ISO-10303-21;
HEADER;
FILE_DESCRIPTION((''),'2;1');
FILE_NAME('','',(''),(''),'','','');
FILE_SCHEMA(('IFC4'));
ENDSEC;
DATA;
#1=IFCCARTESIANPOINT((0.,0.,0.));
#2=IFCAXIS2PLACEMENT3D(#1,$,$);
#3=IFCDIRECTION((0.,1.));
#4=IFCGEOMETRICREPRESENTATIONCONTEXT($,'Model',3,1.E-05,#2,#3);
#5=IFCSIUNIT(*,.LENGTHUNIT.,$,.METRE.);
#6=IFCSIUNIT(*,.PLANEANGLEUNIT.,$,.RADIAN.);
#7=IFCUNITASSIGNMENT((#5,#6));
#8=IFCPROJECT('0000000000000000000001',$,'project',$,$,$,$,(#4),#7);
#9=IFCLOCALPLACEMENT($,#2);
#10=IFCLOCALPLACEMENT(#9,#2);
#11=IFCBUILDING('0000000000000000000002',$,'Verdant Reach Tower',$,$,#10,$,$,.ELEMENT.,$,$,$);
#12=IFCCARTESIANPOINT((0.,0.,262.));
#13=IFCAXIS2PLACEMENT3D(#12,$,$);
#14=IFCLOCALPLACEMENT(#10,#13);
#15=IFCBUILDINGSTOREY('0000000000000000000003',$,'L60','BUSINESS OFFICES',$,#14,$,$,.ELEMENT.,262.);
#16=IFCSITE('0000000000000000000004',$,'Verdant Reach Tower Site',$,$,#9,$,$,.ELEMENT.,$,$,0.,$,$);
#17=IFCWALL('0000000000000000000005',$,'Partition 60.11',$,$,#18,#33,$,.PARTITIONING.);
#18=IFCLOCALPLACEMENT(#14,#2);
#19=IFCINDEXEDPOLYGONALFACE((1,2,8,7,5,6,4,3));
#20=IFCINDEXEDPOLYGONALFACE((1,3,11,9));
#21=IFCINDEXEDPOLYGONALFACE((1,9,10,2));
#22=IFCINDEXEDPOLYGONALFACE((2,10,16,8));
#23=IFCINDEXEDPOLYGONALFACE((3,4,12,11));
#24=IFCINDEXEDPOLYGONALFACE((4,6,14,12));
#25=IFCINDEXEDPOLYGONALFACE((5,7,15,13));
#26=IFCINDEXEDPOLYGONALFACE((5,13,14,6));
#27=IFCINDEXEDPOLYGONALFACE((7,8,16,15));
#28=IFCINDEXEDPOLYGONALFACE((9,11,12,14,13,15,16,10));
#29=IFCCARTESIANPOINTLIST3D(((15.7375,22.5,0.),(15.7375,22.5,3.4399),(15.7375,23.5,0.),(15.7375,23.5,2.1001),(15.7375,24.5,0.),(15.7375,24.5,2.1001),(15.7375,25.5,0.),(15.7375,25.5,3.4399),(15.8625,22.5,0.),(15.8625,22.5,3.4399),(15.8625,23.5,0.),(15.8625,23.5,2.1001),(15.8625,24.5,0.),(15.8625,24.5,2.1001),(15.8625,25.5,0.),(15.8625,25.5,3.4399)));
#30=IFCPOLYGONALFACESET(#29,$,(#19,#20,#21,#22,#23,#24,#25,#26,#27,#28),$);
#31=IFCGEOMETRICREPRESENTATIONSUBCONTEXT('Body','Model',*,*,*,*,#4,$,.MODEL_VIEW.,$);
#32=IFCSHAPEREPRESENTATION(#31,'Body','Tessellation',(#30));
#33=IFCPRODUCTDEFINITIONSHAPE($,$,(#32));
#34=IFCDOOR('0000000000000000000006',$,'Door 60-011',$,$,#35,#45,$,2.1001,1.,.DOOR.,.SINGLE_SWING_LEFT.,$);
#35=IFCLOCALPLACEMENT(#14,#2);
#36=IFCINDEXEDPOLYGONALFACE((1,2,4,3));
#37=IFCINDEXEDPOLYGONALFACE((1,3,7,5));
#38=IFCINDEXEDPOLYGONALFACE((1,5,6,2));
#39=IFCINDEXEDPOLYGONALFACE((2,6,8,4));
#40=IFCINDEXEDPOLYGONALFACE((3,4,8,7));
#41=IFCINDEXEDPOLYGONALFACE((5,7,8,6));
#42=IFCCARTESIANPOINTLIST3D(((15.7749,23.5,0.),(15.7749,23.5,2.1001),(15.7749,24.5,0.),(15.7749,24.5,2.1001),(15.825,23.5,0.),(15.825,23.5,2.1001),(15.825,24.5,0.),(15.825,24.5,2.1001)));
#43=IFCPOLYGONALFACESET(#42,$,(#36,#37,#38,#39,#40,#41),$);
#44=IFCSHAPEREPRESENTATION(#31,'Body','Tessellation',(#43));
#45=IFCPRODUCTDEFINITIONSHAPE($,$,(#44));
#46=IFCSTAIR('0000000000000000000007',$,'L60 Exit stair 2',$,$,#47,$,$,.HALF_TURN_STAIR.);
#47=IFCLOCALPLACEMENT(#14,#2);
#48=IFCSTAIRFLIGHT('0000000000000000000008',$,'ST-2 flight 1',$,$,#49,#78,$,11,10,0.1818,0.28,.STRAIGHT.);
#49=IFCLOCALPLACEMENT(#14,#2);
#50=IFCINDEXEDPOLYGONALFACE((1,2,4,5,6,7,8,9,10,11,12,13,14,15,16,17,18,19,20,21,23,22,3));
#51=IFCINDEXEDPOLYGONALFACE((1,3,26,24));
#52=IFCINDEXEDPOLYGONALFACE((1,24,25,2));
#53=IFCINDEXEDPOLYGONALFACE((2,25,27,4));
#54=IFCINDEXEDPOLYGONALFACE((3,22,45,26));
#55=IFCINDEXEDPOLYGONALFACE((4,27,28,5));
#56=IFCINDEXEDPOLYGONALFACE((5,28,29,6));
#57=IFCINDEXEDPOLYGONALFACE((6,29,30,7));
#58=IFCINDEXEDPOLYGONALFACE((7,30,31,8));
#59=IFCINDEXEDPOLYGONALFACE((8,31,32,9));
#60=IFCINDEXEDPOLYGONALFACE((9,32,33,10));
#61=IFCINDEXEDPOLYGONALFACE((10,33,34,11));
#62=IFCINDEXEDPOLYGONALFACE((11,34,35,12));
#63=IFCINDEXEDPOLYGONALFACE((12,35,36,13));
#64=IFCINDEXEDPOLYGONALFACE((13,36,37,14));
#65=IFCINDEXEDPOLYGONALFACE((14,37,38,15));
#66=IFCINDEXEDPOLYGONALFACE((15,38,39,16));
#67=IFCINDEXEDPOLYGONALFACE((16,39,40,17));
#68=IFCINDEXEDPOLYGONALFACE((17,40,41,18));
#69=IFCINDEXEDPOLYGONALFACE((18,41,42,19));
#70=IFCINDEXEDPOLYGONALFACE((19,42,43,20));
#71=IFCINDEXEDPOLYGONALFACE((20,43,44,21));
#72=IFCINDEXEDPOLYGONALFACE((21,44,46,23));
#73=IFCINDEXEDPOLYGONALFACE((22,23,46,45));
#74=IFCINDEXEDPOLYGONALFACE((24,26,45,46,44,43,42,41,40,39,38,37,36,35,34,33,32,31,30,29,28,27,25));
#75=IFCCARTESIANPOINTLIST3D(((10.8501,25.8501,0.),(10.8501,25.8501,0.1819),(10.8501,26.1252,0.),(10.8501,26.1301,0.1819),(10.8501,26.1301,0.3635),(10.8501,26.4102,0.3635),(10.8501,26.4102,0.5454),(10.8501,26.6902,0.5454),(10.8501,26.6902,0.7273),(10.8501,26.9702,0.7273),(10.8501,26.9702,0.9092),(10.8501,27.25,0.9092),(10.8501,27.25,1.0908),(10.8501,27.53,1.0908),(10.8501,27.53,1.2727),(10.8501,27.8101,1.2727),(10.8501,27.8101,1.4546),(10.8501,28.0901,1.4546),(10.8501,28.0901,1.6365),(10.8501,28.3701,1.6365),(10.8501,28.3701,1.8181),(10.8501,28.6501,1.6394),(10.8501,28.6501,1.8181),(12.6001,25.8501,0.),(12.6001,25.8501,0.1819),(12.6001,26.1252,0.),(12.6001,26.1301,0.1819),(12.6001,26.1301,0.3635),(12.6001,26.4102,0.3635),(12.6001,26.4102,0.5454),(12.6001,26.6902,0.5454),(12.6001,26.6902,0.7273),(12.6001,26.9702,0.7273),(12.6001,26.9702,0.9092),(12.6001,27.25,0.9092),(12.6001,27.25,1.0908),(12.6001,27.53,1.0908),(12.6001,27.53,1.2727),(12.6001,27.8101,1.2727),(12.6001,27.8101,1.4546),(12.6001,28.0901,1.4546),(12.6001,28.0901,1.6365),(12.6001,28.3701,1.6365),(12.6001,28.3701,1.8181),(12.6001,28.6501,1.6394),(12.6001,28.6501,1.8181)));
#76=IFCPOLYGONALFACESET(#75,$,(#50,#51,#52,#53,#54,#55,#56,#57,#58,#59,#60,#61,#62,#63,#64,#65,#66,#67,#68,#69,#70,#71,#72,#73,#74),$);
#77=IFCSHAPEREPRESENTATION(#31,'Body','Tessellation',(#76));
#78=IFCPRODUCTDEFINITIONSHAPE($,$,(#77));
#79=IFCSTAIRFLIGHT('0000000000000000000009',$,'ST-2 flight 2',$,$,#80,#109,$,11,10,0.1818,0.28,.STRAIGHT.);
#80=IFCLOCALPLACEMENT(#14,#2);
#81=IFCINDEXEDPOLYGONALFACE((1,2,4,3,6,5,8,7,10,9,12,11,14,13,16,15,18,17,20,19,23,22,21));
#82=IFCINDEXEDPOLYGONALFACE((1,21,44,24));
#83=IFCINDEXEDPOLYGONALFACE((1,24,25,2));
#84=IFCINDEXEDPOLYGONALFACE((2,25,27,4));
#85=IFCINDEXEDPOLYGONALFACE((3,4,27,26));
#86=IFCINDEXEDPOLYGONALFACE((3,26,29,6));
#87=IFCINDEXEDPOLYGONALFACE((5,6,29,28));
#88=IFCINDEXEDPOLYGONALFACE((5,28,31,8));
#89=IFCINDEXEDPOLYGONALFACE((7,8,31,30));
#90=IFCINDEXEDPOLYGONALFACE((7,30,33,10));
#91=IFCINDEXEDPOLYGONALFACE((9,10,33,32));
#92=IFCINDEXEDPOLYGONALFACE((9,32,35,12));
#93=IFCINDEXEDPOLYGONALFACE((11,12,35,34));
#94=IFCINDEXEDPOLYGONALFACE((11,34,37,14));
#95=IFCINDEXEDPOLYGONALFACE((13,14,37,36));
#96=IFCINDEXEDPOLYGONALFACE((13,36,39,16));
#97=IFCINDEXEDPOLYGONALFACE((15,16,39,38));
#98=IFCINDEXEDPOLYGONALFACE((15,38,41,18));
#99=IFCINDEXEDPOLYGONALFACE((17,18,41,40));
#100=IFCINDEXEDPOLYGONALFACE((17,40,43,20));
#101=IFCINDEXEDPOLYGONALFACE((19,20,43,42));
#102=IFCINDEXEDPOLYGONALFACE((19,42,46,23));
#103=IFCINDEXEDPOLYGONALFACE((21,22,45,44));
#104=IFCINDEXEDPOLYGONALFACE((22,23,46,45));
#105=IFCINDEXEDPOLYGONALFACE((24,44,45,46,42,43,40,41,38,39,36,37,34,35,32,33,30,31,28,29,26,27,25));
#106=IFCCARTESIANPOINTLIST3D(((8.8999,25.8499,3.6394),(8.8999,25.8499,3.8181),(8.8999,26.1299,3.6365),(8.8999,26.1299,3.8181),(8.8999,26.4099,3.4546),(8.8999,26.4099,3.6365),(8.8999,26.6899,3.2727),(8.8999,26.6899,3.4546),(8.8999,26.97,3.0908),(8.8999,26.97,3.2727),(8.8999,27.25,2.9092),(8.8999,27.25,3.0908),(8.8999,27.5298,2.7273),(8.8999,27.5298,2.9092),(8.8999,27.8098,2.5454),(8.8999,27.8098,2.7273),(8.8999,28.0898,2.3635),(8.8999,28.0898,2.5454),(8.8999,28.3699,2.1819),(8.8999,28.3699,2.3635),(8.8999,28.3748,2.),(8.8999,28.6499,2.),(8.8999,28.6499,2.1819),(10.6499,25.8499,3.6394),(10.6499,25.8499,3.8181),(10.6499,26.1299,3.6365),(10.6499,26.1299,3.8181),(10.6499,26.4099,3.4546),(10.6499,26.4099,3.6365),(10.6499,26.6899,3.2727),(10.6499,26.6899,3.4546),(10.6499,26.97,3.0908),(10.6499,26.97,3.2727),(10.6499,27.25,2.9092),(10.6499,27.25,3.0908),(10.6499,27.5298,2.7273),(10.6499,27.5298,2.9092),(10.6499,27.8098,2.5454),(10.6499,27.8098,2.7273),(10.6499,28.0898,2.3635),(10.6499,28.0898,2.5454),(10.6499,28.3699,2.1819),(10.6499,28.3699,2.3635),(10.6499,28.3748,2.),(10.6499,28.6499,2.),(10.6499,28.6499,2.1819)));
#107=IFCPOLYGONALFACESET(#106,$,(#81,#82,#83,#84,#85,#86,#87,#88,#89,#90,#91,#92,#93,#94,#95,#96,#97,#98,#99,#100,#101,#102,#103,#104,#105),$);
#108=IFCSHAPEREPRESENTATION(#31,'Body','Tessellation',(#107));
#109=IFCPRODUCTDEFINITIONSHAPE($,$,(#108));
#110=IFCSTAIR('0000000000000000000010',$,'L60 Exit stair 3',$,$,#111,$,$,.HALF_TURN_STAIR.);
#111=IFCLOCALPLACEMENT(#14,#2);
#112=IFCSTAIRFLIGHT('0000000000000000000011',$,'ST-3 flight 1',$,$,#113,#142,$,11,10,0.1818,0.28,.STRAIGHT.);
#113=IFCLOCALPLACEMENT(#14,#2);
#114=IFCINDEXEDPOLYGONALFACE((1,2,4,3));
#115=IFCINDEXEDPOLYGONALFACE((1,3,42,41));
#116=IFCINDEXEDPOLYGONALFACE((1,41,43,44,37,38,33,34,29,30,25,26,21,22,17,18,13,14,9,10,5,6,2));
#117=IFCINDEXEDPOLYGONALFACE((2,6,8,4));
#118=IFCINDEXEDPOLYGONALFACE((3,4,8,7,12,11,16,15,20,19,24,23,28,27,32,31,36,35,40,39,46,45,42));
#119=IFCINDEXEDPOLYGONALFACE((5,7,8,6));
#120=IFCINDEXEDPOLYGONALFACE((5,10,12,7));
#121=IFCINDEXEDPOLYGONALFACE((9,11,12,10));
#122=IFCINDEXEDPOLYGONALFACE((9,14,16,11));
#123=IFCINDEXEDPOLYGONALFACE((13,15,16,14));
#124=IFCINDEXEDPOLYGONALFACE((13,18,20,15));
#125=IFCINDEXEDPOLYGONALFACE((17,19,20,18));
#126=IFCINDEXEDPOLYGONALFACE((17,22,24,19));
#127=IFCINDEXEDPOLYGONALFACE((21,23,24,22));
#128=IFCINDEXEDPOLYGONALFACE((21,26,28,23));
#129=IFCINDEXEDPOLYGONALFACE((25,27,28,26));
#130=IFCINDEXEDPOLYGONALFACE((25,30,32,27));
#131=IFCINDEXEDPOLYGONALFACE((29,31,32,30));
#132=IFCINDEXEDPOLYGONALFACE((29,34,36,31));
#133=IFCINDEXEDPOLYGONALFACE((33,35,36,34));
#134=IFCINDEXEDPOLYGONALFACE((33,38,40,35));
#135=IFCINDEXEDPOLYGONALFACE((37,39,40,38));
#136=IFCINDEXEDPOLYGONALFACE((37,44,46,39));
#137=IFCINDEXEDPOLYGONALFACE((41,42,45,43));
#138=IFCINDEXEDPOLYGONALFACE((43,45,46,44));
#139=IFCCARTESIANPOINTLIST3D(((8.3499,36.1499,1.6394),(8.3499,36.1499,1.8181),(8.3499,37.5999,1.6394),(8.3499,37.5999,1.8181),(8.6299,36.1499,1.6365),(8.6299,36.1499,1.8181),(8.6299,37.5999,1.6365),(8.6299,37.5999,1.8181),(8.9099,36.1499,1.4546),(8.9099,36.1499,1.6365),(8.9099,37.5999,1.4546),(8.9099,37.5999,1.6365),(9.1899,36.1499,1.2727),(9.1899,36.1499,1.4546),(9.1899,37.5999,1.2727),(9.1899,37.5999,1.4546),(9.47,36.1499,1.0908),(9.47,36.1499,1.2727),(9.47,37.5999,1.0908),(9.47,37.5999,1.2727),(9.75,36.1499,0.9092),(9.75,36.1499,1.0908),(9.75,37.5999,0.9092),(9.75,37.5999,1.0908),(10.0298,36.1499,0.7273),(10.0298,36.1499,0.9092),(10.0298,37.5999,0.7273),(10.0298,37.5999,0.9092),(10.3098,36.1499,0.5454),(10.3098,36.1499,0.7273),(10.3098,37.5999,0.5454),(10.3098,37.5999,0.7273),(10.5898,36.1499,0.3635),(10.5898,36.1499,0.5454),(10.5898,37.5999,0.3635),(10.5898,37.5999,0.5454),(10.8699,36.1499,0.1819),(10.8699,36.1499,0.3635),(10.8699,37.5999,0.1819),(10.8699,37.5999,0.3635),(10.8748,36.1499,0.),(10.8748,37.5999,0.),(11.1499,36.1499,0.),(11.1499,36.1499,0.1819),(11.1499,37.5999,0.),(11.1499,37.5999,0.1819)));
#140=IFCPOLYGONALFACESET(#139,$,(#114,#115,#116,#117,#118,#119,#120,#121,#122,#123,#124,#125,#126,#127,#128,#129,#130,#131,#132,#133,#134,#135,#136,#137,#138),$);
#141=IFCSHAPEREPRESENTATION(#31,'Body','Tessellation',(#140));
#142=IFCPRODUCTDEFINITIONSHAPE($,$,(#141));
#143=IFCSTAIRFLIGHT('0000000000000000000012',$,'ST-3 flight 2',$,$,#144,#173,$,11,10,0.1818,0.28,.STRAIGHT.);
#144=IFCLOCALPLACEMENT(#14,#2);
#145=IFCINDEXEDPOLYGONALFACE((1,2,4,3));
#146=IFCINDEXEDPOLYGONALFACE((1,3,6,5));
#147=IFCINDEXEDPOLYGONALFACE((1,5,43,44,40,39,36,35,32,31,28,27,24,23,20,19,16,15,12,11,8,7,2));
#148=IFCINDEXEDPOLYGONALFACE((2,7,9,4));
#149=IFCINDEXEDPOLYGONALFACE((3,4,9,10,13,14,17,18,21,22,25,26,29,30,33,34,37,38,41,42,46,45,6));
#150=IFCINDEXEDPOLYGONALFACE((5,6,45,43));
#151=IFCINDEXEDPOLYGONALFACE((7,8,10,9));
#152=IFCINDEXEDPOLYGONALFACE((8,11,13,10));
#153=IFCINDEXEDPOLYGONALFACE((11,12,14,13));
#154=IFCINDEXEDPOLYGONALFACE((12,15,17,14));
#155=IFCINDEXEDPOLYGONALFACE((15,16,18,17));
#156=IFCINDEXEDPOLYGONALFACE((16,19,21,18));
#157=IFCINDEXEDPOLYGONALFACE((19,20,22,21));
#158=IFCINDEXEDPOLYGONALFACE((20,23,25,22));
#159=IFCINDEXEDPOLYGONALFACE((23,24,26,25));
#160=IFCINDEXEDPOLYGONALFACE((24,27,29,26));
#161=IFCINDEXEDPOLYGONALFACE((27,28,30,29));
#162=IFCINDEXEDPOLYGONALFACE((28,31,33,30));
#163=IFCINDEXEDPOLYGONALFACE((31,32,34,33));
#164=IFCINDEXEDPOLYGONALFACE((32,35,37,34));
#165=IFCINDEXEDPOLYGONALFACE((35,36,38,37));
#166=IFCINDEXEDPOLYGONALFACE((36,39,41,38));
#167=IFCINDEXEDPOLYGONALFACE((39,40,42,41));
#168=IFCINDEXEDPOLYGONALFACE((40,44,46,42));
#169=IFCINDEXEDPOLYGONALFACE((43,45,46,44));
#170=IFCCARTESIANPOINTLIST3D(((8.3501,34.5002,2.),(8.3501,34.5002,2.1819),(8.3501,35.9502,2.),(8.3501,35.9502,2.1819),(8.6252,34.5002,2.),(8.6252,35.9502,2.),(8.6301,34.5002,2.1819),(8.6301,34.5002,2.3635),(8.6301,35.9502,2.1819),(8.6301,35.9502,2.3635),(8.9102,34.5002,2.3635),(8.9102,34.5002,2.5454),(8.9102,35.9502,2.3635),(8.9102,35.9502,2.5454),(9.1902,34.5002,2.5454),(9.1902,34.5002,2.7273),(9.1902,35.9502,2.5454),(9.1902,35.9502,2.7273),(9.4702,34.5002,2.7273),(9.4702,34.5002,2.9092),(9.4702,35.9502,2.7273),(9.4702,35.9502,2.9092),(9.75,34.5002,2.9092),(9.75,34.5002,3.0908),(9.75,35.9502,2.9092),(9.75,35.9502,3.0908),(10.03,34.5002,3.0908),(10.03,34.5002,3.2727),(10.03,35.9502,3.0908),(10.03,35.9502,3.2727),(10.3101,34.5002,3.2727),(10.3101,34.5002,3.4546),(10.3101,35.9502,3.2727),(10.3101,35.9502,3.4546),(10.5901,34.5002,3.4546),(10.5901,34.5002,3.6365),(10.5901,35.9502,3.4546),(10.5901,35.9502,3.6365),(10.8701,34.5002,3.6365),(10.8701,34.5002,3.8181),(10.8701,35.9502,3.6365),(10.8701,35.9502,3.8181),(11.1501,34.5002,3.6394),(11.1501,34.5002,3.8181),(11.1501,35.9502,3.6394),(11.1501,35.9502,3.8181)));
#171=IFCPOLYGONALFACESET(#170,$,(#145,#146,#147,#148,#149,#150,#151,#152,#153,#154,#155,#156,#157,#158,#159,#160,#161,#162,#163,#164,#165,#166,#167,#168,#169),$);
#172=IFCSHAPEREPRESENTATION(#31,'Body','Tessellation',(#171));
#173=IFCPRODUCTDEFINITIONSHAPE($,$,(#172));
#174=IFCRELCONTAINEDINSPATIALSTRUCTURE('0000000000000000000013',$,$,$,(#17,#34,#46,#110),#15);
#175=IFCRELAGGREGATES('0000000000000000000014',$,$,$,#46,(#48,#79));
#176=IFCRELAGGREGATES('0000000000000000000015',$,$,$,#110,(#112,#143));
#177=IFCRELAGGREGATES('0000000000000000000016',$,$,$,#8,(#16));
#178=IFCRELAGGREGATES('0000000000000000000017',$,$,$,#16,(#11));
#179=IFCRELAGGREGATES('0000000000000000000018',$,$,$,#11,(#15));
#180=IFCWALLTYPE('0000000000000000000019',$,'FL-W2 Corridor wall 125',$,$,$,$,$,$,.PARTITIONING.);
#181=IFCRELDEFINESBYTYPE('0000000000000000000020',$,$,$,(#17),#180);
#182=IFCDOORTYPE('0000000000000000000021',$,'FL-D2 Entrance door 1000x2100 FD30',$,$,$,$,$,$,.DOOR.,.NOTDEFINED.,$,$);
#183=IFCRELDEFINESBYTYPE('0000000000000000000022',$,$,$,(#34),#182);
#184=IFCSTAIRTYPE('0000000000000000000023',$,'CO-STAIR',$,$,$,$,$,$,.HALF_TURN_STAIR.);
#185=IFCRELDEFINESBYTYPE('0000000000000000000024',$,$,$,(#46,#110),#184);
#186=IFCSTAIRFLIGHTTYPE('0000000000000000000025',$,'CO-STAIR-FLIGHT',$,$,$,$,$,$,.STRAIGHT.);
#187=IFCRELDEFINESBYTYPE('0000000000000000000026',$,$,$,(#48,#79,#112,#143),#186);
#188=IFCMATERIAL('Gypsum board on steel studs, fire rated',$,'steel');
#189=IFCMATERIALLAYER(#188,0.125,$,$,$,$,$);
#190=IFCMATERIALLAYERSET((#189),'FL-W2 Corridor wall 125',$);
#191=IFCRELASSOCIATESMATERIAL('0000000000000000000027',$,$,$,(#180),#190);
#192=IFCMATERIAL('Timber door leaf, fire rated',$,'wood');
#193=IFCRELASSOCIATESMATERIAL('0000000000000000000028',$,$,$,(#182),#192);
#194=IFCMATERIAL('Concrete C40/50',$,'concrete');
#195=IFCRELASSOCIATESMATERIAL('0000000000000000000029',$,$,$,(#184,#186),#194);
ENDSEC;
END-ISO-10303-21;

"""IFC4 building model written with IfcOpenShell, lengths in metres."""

from ifc_helpers import new_model, si_unit, direction, frame, frame_2d, origin, place, context, subcontext, project, spatial, polyline, rectangle, outline, extrude, material, layer, layer_set, type_object, element, fill, aggregate, save


model = new_model("IFC4")

# Units and contexts
model_context = context("Model", 3, precision=1e-05, world=origin(), true_north=direction((0.0, 1.0)))
body_context = subcontext(model_context, "Body", "Model", "MODEL_VIEW")
ifc_project = project(units=[si_unit("LENGTHUNIT", "METRE"), si_unit("PLANEANGLEUNIT", "RADIAN")], contexts=[model_context])

# Site, building, storey
site_placement = place(None, origin())
site = spatial("IfcSite", under=ifc_project, at=site_placement, Name="Verdant Reach Tower Site", CompositionType="ELEMENT", RefElevation=0.0)
building_placement = place(site_placement, origin())
building = spatial("IfcBuilding", under=site, at=building_placement, Name="Verdant Reach Tower", CompositionType="ELEMENT")
storey_placement = place(building_placement, frame((0.0, 0.0, 262.0)))
storey = spatial("IfcBuildingStorey", under=building, at=storey_placement, Name="L60", Description="BUSINESS OFFICES", CompositionType="ELEMENT", Elevation=262.0)

# Shared definitions
ifc_material_1 = material(Name="Concrete C40/50", Category="concrete")

# Wall, opening, door
ifc_material_2 = material(Name="Gypsum board on steel studs, fire rated", Category="steel")
ifc_layer_1 = layer(ifc_material_2, 0.125)
ifc_layer_set_1 = layer_set([ifc_layer_1], Name="FL-W2 Corridor wall 125")
wall_type_1 = type_object("IfcWallType", Name="FL-W2 Corridor wall 125", PredefinedType="PARTITIONING", material=ifc_layer_set_1)
ifc_material_3 = material(Name="Timber door leaf, fire rated", Category="wood")
door_type_1 = type_object("IfcDoorType", Name="FL-D2 Entrance door 1000x2100 FD30", OperationType="NOTDEFINED", PredefinedType="DOOR", material=ifc_material_3)
wall_1_placement = place(storey_placement, frame((15.8, 25.5, 0.0), z_axis=(0.0, 0.0, 1.0), x_axis=(0.0, -1.0, 0.0)))
wall_1 = element("IfcWall", 1, at=wall_1_placement, inside=storey, type_object=wall_type_1, Name="Partition 60.11", PredefinedType="PARTITIONING", context=body_context, shape_type="SweptSolid", body=[
    extrude(rectangle(XDim=3.0, YDim=0.125, at=frame_2d((1.5, 0.0))), origin(), (0.0, 0.0, 1.0), 3.4399),
])
opening_1_placement = place(wall_1_placement, frame((1.0, 0.0, 0.0)))
opening_1 = element("IfcOpeningElement", 2, at=opening_1_placement, cuts=wall_1, PredefinedType="OPENING", context=body_context, shape_type="SweptSolid", body=[
    extrude(rectangle(XDim=1.0, YDim=2.1001, at=frame_2d((0.5, 1.05))), frame((0.0, 0.0725, 0.0), z_axis=(0.0, -1.0, 0.0), x_axis=(1.0, 0.0, 0.0)), (0.0, 0.0, 1.0), 0.145),
])
door_1_placement = place(opening_1_placement, origin())
door_1 = element("IfcDoor", 3, at=door_1_placement, inside=storey, type_object=door_type_1, Name="Door 60-011", OperationType="SINGLE_SWING_LEFT", OverallHeight=2.1001, OverallWidth=1.0, PredefinedType="DOOR", context=body_context, shape_type="SweptSolid", body=[
    extrude(rectangle(XDim=1.0, YDim=2.1001, at=frame_2d((0.5, 1.05))), frame((0.0, 0.0249, 0.0), z_axis=(0.0, -1.0, 0.0), x_axis=(1.0, 0.0, 0.0)), (0.0, 0.0, 1.0), 0.05),
])
fill(opening_1, door_1)

# Stairs, stair flights
stair_type = type_object("IfcStairType", Name="CO-STAIR", PredefinedType="HALF_TURN_STAIR", material=ifc_material_1)
stair_1_placement = place(storey_placement, origin())
stair_1 = element("IfcStair", 4, at=stair_1_placement, inside=storey, type_object=stair_type, Name="L60 Exit stair 2", PredefinedType="HALF_TURN_STAIR")
stair_flight_type = type_object("IfcStairFlightType", Name="CO-STAIR-FLIGHT", PredefinedType="STRAIGHT", material=ifc_material_1)
stair_flight_1_placement = place(storey_placement, frame((11.7251, 25.8501, 0.0), z_axis=(0.0, 0.0, 1.0), x_axis=(0.0, 1.0, 0.0)))
stair_flight_1 = element("IfcStairFlight", 5, at=stair_flight_1_placement, type_object=stair_flight_type, Name="ST-2 flight 1", NumberOfRisers=11, NumberOfTreads=10, PredefinedType="STRAIGHT", RiserHeight=0.1818, TreadLength=0.28, context=body_context, shape_type="SweptSolid", body=[
    extrude(outline(polyline([(0.0, 0.0), (0.0, 0.1819), (0.28, 0.1819), (0.28, 0.3635), (0.5601, 0.3635), (0.5601, 0.5454), (0.8401, 0.5454), (0.8401, 0.7273), (1.1201, 0.7273), (1.1201, 0.9092), (1.3999, 0.9092), (1.3999, 1.0908), (1.6799, 1.0908), (1.6799, 1.2727), (1.96, 1.2727), (1.96, 1.4546), (2.24, 1.4546), (2.24, 1.6365), (2.52, 1.6365), (2.52, 1.8181), (2.8, 1.8181), (2.8, 2.0), (2.8, 1.6394), (0.2751, 0.0), (0.0, 0.0)])), frame((0.0, 0.875, 0.0), z_axis=(0.0, -1.0, 0.0), x_axis=(1.0, 0.0, 0.0)), (0.0, 0.0, 1.0), 1.75),
])
stair_flight_2_placement = place(storey_placement, frame((9.7749, 28.6499, 2.0), z_axis=(0.0, 0.0, 1.0), x_axis=(0.0, -1.0, 0.0)))
stair_flight_2 = element("IfcStairFlight", 6, at=stair_flight_2_placement, type_object=stair_flight_type, Name="ST-2 flight 2", NumberOfRisers=11, NumberOfTreads=10, PredefinedType="STRAIGHT", RiserHeight=0.1818, TreadLength=0.28, context=body_context, shape_type="SweptSolid", body=[
    extrude(outline(polyline([(0.0, 0.0), (0.0, 0.1819), (0.28, 0.1819), (0.28, 0.3635), (0.5601, 0.3635), (0.5601, 0.5454), (0.8401, 0.5454), (0.8401, 0.7273), (1.1201, 0.7273), (1.1201, 0.9092), (1.3999, 0.9092), (1.3999, 1.0908), (1.6799, 1.0908), (1.6799, 1.2727), (1.96, 1.2727), (1.96, 1.4546), (2.24, 1.4546), (2.24, 1.6365), (2.52, 1.6365), (2.52, 1.8181), (2.8, 1.8181), (2.8, 2.0), (2.8, 1.6394), (0.2751, 0.0), (0.0, 0.0)])), frame((0.0, 0.875, 0.0), z_axis=(0.0, -1.0, 0.0), x_axis=(1.0, 0.0, 0.0)), (0.0, 0.0, 1.0), 1.75),
])
aggregate(stair_1, [stair_flight_1, stair_flight_2])
stair_2_placement = place(storey_placement, origin())
stair_2 = element("IfcStair", 7, at=stair_2_placement, inside=storey, type_object=stair_type, Name="L60 Exit stair 3", PredefinedType="HALF_TURN_STAIR")
stair_flight_3_placement = place(storey_placement, frame((11.1499, 36.875, 0.0), z_axis=(0.0, 0.0, 1.0), x_axis=(-1.0, 0.0, 0.0)))
stair_flight_3 = element("IfcStairFlight", 8, at=stair_flight_3_placement, type_object=stair_flight_type, Name="ST-3 flight 1", NumberOfRisers=11, NumberOfTreads=10, PredefinedType="STRAIGHT", RiserHeight=0.1818, TreadLength=0.28, context=body_context, shape_type="SweptSolid", body=[
    extrude(outline(polyline([(0.0, 0.0), (0.0, 0.1819), (0.28, 0.1819), (0.28, 0.3635), (0.5601, 0.3635), (0.5601, 0.5454), (0.8401, 0.5454), (0.8401, 0.7273), (1.1201, 0.7273), (1.1201, 0.9092), (1.3999, 0.9092), (1.3999, 1.0908), (1.6799, 1.0908), (1.6799, 1.2727), (1.96, 1.2727), (1.96, 1.4546), (2.24, 1.4546), (2.24, 1.6365), (2.52, 1.6365), (2.52, 1.8181), (2.8, 1.8181), (2.8, 2.0), (2.8, 1.6394), (0.2751, 0.0), (0.0, 0.0)])), frame((0.0, 0.7251, 0.0), z_axis=(0.0, -1.0, 0.0), x_axis=(1.0, 0.0, 0.0)), (0.0, 0.0, 1.0), 1.45),
])
stair_flight_4_placement = place(storey_placement, frame((8.3501, 35.2251, 2.0), z_axis=(0.0, 0.0, 1.0), x_axis=(1.0, 0.0, 0.0)))
stair_flight_4 = element("IfcStairFlight", 9, at=stair_flight_4_placement, type_object=stair_flight_type, Name="ST-3 flight 2", NumberOfRisers=11, NumberOfTreads=10, PredefinedType="STRAIGHT", RiserHeight=0.1818, TreadLength=0.28, context=body_context, shape_type="SweptSolid", body=[
    extrude(outline(polyline([(0.0, 0.0), (0.0, 0.1819), (0.28, 0.1819), (0.28, 0.3635), (0.5601, 0.3635), (0.5601, 0.5454), (0.8401, 0.5454), (0.8401, 0.7273), (1.1201, 0.7273), (1.1201, 0.9092), (1.3999, 0.9092), (1.3999, 1.0908), (1.6799, 1.0908), (1.6799, 1.2727), (1.96, 1.2727), (1.96, 1.4546), (2.24, 1.4546), (2.24, 1.6365), (2.52, 1.6365), (2.52, 1.8181), (2.8, 1.8181), (2.8, 2.0), (2.8, 1.6394), (0.2751, 0.0), (0.0, 0.0)])), frame((0.0, 0.7251, 0.0), z_axis=(0.0, -1.0, 0.0), x_axis=(1.0, 0.0, 0.0)), (0.0, 0.0, 1.0), 1.45),
])
aggregate(stair_2, [stair_flight_3, stair_flight_4])

save(model, "model.ifc")
